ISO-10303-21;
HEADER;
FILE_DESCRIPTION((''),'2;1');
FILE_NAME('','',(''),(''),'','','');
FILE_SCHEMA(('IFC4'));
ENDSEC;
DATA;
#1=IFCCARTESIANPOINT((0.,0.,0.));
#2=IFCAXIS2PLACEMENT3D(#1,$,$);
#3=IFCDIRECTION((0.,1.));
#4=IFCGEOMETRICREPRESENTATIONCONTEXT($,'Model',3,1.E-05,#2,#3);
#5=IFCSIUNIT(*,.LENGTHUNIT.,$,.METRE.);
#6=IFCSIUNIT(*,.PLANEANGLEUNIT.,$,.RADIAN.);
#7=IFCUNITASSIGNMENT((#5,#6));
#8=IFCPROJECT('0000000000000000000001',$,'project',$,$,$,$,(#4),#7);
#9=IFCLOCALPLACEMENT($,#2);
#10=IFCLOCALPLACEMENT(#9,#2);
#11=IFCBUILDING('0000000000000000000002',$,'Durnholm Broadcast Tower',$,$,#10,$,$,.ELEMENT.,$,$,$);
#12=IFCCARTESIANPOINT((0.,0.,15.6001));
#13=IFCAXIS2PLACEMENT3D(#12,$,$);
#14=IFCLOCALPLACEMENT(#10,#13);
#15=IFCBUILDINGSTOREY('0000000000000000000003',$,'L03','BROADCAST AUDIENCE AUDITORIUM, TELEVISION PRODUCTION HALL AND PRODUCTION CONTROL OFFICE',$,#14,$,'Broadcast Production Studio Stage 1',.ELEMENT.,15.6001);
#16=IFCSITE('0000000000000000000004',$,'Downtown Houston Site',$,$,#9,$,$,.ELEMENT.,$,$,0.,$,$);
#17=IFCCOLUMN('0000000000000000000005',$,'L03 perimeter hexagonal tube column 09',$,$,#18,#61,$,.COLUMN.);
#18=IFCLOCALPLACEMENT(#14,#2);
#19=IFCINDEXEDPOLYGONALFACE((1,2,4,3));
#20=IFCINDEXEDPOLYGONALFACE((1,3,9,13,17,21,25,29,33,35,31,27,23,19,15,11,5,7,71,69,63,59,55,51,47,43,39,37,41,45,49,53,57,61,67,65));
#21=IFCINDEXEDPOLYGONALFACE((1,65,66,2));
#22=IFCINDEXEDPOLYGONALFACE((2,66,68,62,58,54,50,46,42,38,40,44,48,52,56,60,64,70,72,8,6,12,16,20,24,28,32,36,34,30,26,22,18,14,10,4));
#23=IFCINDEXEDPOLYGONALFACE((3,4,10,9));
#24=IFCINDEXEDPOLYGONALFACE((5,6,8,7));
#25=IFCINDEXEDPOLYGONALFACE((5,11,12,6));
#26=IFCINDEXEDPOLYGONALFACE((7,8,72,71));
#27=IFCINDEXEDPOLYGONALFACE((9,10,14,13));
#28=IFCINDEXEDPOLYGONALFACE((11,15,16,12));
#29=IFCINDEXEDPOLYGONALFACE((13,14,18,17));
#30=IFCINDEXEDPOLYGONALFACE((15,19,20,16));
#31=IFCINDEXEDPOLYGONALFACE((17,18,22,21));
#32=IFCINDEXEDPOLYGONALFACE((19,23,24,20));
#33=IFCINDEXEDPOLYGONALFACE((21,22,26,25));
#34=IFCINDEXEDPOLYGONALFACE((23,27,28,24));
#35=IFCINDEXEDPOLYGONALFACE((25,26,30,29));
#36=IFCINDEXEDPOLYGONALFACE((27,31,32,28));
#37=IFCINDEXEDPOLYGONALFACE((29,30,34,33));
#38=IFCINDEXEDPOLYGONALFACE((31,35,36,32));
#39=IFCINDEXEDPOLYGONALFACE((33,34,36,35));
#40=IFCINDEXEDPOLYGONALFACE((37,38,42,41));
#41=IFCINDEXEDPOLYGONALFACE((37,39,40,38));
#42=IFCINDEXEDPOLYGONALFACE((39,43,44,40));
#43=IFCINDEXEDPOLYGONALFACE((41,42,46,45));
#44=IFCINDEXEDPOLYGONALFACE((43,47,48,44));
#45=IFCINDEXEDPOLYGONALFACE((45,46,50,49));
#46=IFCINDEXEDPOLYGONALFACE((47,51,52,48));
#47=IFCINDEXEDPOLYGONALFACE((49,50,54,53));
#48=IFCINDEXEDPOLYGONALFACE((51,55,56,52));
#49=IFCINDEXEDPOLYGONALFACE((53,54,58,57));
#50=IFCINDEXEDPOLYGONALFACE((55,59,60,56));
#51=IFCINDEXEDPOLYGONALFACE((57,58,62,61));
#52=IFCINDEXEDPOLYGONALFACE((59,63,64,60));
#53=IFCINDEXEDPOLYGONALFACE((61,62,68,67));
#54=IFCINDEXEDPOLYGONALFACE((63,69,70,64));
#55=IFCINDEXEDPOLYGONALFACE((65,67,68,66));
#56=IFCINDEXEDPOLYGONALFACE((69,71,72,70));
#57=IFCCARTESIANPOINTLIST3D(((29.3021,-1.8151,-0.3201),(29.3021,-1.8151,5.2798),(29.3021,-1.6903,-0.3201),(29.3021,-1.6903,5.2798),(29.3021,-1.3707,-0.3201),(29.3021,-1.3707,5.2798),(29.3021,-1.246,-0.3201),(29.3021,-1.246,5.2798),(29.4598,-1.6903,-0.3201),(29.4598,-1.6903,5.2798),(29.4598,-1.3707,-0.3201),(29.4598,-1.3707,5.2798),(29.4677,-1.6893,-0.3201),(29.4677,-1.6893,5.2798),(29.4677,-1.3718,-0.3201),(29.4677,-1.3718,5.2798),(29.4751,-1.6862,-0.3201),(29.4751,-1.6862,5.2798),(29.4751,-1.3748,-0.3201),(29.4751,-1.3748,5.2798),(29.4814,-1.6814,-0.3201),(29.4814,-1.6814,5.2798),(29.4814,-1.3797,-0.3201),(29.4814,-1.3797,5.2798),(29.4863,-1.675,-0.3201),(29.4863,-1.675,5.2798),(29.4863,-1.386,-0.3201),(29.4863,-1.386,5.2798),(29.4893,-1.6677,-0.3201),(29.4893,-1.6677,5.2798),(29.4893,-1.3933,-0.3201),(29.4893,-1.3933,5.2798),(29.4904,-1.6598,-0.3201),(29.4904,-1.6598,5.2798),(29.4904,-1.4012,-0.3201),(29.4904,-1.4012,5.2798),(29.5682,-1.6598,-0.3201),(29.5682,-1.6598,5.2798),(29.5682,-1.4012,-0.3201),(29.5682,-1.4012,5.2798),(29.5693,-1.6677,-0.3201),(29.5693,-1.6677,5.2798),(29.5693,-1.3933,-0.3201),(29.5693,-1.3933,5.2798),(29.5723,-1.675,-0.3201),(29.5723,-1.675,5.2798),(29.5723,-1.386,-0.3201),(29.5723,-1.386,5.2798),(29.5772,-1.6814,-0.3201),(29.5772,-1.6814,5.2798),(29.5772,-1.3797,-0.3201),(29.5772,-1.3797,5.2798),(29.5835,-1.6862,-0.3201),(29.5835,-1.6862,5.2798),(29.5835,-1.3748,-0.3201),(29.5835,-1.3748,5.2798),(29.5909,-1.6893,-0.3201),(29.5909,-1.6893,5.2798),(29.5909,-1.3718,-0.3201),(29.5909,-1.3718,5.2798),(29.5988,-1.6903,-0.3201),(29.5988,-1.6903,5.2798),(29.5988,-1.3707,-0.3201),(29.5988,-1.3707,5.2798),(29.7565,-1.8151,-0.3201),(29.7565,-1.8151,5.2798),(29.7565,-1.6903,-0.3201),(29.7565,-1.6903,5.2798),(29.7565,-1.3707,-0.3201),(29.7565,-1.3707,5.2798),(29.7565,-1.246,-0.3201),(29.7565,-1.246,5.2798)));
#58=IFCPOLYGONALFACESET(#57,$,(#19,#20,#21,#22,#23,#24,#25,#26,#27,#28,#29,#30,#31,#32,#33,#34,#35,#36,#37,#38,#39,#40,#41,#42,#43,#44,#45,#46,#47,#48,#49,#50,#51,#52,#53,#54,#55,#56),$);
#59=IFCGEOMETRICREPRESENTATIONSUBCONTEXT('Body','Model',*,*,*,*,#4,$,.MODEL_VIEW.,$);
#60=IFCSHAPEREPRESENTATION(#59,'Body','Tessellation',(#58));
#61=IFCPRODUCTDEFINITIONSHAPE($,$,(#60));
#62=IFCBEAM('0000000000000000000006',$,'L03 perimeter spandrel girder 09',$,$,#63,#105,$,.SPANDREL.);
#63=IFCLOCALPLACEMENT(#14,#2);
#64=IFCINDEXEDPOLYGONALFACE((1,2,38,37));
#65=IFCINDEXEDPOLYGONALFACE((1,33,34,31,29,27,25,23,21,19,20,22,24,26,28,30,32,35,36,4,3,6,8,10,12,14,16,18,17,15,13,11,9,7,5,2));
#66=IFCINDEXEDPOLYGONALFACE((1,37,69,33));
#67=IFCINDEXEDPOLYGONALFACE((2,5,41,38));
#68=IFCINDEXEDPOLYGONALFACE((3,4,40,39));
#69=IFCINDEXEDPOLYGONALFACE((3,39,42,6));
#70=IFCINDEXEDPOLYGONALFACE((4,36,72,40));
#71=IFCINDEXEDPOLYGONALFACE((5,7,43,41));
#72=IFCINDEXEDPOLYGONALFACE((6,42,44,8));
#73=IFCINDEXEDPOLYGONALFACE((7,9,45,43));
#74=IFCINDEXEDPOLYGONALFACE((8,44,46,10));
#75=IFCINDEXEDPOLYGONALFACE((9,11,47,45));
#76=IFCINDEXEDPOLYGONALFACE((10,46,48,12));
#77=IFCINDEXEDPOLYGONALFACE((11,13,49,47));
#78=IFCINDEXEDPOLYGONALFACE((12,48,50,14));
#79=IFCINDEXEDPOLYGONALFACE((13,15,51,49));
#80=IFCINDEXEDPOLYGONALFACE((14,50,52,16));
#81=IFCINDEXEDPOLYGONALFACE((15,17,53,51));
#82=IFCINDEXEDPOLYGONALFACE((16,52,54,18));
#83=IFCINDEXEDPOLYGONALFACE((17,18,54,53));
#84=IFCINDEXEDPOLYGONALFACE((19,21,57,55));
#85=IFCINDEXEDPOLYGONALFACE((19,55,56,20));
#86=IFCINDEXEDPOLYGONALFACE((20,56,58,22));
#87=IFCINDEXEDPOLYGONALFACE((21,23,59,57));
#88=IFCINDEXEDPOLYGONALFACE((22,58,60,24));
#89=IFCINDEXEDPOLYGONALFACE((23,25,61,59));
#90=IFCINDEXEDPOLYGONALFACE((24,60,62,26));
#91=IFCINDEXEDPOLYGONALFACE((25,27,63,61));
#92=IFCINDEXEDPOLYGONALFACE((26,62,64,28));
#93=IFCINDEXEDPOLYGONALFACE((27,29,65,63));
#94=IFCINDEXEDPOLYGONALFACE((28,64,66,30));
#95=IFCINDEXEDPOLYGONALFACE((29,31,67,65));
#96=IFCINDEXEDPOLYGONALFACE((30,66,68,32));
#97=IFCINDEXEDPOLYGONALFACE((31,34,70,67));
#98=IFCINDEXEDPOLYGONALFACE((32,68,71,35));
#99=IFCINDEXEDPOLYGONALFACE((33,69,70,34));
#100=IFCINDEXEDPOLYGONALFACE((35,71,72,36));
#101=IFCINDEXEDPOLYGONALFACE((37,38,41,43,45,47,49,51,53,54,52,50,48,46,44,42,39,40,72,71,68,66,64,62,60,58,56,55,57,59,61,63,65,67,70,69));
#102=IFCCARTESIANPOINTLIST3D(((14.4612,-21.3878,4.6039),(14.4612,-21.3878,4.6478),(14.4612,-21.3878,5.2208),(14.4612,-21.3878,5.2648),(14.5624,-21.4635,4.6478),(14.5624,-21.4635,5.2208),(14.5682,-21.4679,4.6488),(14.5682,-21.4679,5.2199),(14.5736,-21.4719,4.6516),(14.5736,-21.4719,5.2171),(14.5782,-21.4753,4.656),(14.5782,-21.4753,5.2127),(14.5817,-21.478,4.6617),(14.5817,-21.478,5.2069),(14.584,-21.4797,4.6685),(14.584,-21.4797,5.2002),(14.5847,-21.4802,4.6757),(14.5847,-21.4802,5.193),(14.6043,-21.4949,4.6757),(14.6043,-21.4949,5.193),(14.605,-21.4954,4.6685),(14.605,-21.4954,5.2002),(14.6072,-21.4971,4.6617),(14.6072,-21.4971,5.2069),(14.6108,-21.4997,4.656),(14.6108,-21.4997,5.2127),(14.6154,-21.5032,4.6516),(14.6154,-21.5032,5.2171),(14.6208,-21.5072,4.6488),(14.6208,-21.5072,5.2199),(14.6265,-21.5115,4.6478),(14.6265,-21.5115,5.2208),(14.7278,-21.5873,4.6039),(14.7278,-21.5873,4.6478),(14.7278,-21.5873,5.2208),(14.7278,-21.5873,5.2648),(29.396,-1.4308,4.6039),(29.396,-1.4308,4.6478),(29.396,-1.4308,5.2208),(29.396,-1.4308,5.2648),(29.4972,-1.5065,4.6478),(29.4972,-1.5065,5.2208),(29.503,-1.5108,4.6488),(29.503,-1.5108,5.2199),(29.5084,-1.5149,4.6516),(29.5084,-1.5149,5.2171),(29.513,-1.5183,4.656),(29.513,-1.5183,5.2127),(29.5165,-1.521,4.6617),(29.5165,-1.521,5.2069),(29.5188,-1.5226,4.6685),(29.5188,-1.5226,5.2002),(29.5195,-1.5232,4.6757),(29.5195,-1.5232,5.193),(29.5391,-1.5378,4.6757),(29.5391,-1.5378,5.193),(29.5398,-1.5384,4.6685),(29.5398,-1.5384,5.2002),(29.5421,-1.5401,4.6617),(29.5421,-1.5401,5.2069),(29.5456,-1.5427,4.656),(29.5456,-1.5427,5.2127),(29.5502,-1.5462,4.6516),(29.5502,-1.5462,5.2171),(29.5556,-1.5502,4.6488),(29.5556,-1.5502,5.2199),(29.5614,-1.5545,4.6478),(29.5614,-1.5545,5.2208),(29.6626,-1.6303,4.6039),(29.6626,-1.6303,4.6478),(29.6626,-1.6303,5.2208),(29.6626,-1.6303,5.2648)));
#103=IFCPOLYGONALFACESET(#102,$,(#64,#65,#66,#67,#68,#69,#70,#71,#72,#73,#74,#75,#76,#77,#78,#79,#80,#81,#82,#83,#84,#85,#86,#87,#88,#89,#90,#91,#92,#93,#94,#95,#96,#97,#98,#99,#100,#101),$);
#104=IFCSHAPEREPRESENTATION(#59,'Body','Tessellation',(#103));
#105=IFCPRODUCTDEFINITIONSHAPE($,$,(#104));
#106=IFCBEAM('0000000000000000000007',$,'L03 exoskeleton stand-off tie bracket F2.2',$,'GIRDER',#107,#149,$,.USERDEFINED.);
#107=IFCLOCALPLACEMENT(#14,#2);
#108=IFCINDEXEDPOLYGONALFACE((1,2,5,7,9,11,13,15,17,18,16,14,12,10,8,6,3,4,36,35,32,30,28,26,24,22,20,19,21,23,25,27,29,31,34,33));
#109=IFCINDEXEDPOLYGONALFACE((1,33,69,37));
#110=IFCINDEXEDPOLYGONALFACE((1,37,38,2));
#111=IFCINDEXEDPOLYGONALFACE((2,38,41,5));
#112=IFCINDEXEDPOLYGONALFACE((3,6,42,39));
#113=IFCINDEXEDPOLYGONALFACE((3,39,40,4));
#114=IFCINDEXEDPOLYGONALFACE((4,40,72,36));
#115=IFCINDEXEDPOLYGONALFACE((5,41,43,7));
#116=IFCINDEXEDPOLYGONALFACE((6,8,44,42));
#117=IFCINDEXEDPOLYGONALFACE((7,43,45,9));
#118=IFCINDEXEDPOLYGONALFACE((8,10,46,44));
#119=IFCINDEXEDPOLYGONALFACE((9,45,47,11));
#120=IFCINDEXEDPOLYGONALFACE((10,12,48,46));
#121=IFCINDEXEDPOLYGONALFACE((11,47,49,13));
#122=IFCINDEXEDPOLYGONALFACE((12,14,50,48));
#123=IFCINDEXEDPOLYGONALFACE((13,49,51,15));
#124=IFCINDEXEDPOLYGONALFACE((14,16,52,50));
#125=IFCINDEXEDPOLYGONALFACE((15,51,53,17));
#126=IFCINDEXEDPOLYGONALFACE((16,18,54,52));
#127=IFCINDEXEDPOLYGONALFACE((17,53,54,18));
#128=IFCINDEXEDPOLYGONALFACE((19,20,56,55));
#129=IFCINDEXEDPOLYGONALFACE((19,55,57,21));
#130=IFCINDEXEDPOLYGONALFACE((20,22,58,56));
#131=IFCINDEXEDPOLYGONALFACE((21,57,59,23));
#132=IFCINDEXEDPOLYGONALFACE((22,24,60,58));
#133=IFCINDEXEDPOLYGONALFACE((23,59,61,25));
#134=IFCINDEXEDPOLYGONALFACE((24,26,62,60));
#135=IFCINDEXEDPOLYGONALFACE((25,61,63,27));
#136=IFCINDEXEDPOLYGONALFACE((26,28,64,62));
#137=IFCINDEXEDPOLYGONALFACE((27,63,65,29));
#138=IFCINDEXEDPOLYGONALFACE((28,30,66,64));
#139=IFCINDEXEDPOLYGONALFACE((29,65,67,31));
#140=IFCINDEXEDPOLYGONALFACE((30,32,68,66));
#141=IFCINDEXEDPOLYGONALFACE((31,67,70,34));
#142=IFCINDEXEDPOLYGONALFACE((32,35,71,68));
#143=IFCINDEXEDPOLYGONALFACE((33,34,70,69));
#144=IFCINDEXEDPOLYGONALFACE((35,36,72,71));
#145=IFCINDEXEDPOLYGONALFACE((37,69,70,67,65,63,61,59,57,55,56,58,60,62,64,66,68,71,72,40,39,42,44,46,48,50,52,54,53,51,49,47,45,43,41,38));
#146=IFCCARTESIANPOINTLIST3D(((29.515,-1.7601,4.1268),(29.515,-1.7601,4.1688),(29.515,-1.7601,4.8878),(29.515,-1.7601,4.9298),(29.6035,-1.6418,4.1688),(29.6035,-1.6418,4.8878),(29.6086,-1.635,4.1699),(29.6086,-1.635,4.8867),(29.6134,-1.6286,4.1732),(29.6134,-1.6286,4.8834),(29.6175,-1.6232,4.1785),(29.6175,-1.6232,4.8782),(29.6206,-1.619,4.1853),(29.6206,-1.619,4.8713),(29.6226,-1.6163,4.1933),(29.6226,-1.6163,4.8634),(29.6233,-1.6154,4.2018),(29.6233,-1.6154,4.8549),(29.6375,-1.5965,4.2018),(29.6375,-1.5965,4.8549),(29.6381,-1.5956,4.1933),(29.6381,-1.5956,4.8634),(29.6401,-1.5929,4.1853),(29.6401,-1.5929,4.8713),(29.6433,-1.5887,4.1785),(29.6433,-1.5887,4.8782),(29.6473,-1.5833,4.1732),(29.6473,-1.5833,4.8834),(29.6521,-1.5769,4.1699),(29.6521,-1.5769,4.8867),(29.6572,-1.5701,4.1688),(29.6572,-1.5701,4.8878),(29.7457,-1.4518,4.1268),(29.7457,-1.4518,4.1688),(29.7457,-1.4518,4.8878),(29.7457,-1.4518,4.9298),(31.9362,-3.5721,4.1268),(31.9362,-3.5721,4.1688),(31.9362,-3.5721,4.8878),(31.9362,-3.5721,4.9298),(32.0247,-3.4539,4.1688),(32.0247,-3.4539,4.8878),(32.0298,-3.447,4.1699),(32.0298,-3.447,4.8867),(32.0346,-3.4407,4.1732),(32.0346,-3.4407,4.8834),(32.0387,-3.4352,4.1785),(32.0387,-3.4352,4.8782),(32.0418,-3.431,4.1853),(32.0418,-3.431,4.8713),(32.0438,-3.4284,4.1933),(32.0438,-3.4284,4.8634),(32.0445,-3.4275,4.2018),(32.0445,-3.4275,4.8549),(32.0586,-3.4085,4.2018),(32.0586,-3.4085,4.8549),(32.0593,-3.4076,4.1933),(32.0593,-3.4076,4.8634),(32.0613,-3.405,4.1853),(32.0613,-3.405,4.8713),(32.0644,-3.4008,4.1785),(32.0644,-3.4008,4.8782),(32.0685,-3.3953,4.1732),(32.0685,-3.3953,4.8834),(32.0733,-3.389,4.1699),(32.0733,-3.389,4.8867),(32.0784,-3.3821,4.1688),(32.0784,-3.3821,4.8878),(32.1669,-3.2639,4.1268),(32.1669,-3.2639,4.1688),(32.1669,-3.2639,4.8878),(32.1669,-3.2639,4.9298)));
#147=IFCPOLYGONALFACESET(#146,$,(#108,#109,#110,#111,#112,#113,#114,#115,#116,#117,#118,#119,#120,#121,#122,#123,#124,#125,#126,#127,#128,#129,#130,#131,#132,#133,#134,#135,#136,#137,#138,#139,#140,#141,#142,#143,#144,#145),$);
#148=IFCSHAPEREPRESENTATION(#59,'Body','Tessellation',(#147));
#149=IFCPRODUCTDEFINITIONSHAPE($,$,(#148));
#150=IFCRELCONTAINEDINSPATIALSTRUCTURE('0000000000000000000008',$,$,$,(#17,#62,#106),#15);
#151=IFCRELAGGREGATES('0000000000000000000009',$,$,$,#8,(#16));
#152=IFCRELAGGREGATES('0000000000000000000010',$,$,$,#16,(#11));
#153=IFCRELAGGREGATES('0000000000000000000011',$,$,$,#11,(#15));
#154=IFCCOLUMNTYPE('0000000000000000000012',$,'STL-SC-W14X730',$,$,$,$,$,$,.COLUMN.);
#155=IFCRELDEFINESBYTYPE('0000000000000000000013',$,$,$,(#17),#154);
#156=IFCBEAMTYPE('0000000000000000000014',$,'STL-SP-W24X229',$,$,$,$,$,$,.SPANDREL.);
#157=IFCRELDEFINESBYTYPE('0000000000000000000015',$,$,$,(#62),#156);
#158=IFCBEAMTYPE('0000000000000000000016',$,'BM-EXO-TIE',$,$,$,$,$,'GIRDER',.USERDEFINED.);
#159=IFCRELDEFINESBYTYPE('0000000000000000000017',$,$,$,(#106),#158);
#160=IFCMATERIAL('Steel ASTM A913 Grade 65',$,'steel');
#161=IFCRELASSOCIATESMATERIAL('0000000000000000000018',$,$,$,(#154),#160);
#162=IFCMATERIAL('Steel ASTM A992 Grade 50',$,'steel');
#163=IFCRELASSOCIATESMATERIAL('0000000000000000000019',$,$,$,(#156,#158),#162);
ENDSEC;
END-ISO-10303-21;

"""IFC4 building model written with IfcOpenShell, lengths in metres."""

from ifc_helpers import new_model, si_unit, direction, frame, origin, origin_2d, place, context, subcontext, project, spatial, i_section, extrude, source, transform, mapped, material, material_profile, profile_set, type_object, type_shapes, element, save


model = new_model("IFC4")

# Units and contexts
model_context = context("Model", 3, precision=1e-05, world=origin(), true_north=direction((0.0, 1.0)))
body_context = subcontext(model_context, "Body", "Model", "MODEL_VIEW")
ifc_project = project(units=[si_unit("LENGTHUNIT", "METRE"), si_unit("PLANEANGLEUNIT", "RADIAN")], contexts=[model_context])

# Site, building, storey
site_placement = place(None, origin())
site = spatial("IfcSite", under=ifc_project, at=site_placement, Name="Downtown Houston Site", CompositionType="ELEMENT", RefElevation=0.0)
building_placement = place(site_placement, origin())
building = spatial("IfcBuilding", under=site, at=building_placement, Name="Durnholm Broadcast Tower", CompositionType="ELEMENT")
storey_placement = place(building_placement, frame((0.0, 0.0, 15.6001)))
storey = spatial("IfcBuildingStorey", under=building, at=storey_placement, Name="L03", Description="BROADCAST AUDIENCE AUDITORIUM, TELEVISION PRODUCTION HALL AND PRODUCTION CONTROL OFFICE", LongName="Broadcast Production Studio Stage 1", CompositionType="ELEMENT", Elevation=15.6001)

# Column
ifc_material_1 = material(Name="Steel ASTM A913 Grade 65", Category="steel")
ifc_material_profile_1 = material_profile(ifc_material_1, i_section(OverallWidth=0.4543, OverallDepth=0.5691, WebThickness=0.0779, FlangeThickness=0.1248, FilletRadius=0.0305, at=origin_2d()), Name="W14X730")
ifc_profile_set_1 = profile_set([ifc_material_profile_1], Name="Steel ASTM A913 Grade 65")
column_type = type_object("IfcColumnType", Name="STL-SC-W14X730", PredefinedType="COLUMN", material=ifc_profile_set_1)
shared_shape_1 = source(origin(), body_context, "Body", "SweptSolid", [
    extrude(i_section(OverallWidth=0.4543, OverallDepth=0.5691, WebThickness=0.0779, FlangeThickness=0.1248, FilletRadius=0.0305, at=origin_2d()), origin(), (0.0, 0.0, 1.0), 5.5999),
])
type_shapes(column_type, [shared_shape_1])
column_placement = place(storey_placement, frame((29.5293, -1.5305, -0.3201), z_axis=(0.0, 0.0, 1.0), x_axis=(1.0, 0.0, 0.0)))
element("IfcColumn", 1, at=column_placement, inside=storey, type_object=column_type, Name="L03 perimeter hexagonal tube column 09", PredefinedType="COLUMN", context=body_context, shape_type="MappedRepresentation", body=[
    mapped(shared_shape_1, transform((0.0, 0.0, 0.0), x_axis=(1.0, 0.0, 0.0), y_axis=(0.0, 1.0, 0.0), z_axis=(0.0, 0.0, 1.0), scale=1.0)),
])

# Beams
ifc_material_2 = material(Name="Steel ASTM A992 Grade 50", Category="steel")
ifc_material_profile_2 = material_profile(ifc_material_2, i_section(OverallWidth=0.333, OverallDepth=0.6609, WebThickness=0.0244, FlangeThickness=0.0439, FilletRadius=0.0278, at=origin_2d()), Name="W24X229")
ifc_profile_set_2 = profile_set([ifc_material_profile_2], Name="Steel ASTM A992 Grade 50")
beam_type_1 = type_object("IfcBeamType", Name="STL-SP-W24X229", PredefinedType="SPANDREL", material=ifc_profile_set_2)
shared_shape_2 = source(origin(), body_context, "Body", "SweptSolid", [
    extrude(i_section(OverallWidth=0.333, OverallDepth=0.6609, WebThickness=0.0244, FlangeThickness=0.0439, FilletRadius=0.0278, at=origin_2d()), origin(), (0.0, 0.0, 1.0), 24.9265),
])
type_shapes(beam_type_1, [shared_shape_2])
beam_1_placement = place(storey_placement, frame((29.5293, -1.5305, 4.9343), z_axis=(-0.599153, -0.800634, 0.0), x_axis=(0.800634, -0.599153, 0.0)))
element("IfcBeam", 2, at=beam_1_placement, inside=storey, type_object=beam_type_1, Name="L03 perimeter spandrel girder 09", PredefinedType="SPANDREL", context=body_context, shape_type="MappedRepresentation", body=[
    mapped(shared_shape_2, transform((0.0, 0.0, 0.0), x_axis=(1.0, 0.0, 0.0), y_axis=(0.0, 1.0, 0.0), z_axis=(0.0, 0.0, 1.0), scale=1.0)),
])
ifc_material_profile_3 = material_profile(ifc_material_2, i_section(OverallWidth=0.385, OverallDepth=0.803, WebThickness=0.0237, FlangeThickness=0.042, FilletRadius=0.033, at=origin_2d()), Name="W30X261")
ifc_profile_set_3 = profile_set([ifc_material_profile_3], Name="Steel ASTM A992 Grade 50")
beam_type_2 = type_object("IfcBeamType", Name="BM-EXO-TIE", ElementType="GIRDER", PredefinedType="USERDEFINED", material=ifc_profile_set_3)
shared_shape_3 = source(origin(), body_context, "Body", "SweptSolid", [
    extrude(i_section(OverallWidth=0.385, OverallDepth=0.803, WebThickness=0.0237, FlangeThickness=0.042, FilletRadius=0.033, at=origin_2d()), origin(), (0.0, 0.0, 1.0), 3.0242),
])
type_shapes(beam_type_2, [shared_shape_3])
beam_2_placement = place(storey_placement, frame((29.6304, -1.606, 4.5283), z_axis=(0.80061, -0.599186, 0.0), x_axis=(0.599186, 0.80061, 0.0)))
element("IfcBeam", 3, at=beam_2_placement, inside=storey, type_object=beam_type_2, Name="L03 exoskeleton stand-off tie bracket F2.2", ObjectType="GIRDER", PredefinedType="USERDEFINED", context=body_context, shape_type="MappedRepresentation", body=[
    mapped(shared_shape_3, transform((0.0, 0.0, 0.0), x_axis=(1.0, 0.0, 0.0), y_axis=(0.0, 1.0, 0.0), z_axis=(0.0, 0.0, 1.0), scale=1.0)),
])

save(model, "model.ifc")
